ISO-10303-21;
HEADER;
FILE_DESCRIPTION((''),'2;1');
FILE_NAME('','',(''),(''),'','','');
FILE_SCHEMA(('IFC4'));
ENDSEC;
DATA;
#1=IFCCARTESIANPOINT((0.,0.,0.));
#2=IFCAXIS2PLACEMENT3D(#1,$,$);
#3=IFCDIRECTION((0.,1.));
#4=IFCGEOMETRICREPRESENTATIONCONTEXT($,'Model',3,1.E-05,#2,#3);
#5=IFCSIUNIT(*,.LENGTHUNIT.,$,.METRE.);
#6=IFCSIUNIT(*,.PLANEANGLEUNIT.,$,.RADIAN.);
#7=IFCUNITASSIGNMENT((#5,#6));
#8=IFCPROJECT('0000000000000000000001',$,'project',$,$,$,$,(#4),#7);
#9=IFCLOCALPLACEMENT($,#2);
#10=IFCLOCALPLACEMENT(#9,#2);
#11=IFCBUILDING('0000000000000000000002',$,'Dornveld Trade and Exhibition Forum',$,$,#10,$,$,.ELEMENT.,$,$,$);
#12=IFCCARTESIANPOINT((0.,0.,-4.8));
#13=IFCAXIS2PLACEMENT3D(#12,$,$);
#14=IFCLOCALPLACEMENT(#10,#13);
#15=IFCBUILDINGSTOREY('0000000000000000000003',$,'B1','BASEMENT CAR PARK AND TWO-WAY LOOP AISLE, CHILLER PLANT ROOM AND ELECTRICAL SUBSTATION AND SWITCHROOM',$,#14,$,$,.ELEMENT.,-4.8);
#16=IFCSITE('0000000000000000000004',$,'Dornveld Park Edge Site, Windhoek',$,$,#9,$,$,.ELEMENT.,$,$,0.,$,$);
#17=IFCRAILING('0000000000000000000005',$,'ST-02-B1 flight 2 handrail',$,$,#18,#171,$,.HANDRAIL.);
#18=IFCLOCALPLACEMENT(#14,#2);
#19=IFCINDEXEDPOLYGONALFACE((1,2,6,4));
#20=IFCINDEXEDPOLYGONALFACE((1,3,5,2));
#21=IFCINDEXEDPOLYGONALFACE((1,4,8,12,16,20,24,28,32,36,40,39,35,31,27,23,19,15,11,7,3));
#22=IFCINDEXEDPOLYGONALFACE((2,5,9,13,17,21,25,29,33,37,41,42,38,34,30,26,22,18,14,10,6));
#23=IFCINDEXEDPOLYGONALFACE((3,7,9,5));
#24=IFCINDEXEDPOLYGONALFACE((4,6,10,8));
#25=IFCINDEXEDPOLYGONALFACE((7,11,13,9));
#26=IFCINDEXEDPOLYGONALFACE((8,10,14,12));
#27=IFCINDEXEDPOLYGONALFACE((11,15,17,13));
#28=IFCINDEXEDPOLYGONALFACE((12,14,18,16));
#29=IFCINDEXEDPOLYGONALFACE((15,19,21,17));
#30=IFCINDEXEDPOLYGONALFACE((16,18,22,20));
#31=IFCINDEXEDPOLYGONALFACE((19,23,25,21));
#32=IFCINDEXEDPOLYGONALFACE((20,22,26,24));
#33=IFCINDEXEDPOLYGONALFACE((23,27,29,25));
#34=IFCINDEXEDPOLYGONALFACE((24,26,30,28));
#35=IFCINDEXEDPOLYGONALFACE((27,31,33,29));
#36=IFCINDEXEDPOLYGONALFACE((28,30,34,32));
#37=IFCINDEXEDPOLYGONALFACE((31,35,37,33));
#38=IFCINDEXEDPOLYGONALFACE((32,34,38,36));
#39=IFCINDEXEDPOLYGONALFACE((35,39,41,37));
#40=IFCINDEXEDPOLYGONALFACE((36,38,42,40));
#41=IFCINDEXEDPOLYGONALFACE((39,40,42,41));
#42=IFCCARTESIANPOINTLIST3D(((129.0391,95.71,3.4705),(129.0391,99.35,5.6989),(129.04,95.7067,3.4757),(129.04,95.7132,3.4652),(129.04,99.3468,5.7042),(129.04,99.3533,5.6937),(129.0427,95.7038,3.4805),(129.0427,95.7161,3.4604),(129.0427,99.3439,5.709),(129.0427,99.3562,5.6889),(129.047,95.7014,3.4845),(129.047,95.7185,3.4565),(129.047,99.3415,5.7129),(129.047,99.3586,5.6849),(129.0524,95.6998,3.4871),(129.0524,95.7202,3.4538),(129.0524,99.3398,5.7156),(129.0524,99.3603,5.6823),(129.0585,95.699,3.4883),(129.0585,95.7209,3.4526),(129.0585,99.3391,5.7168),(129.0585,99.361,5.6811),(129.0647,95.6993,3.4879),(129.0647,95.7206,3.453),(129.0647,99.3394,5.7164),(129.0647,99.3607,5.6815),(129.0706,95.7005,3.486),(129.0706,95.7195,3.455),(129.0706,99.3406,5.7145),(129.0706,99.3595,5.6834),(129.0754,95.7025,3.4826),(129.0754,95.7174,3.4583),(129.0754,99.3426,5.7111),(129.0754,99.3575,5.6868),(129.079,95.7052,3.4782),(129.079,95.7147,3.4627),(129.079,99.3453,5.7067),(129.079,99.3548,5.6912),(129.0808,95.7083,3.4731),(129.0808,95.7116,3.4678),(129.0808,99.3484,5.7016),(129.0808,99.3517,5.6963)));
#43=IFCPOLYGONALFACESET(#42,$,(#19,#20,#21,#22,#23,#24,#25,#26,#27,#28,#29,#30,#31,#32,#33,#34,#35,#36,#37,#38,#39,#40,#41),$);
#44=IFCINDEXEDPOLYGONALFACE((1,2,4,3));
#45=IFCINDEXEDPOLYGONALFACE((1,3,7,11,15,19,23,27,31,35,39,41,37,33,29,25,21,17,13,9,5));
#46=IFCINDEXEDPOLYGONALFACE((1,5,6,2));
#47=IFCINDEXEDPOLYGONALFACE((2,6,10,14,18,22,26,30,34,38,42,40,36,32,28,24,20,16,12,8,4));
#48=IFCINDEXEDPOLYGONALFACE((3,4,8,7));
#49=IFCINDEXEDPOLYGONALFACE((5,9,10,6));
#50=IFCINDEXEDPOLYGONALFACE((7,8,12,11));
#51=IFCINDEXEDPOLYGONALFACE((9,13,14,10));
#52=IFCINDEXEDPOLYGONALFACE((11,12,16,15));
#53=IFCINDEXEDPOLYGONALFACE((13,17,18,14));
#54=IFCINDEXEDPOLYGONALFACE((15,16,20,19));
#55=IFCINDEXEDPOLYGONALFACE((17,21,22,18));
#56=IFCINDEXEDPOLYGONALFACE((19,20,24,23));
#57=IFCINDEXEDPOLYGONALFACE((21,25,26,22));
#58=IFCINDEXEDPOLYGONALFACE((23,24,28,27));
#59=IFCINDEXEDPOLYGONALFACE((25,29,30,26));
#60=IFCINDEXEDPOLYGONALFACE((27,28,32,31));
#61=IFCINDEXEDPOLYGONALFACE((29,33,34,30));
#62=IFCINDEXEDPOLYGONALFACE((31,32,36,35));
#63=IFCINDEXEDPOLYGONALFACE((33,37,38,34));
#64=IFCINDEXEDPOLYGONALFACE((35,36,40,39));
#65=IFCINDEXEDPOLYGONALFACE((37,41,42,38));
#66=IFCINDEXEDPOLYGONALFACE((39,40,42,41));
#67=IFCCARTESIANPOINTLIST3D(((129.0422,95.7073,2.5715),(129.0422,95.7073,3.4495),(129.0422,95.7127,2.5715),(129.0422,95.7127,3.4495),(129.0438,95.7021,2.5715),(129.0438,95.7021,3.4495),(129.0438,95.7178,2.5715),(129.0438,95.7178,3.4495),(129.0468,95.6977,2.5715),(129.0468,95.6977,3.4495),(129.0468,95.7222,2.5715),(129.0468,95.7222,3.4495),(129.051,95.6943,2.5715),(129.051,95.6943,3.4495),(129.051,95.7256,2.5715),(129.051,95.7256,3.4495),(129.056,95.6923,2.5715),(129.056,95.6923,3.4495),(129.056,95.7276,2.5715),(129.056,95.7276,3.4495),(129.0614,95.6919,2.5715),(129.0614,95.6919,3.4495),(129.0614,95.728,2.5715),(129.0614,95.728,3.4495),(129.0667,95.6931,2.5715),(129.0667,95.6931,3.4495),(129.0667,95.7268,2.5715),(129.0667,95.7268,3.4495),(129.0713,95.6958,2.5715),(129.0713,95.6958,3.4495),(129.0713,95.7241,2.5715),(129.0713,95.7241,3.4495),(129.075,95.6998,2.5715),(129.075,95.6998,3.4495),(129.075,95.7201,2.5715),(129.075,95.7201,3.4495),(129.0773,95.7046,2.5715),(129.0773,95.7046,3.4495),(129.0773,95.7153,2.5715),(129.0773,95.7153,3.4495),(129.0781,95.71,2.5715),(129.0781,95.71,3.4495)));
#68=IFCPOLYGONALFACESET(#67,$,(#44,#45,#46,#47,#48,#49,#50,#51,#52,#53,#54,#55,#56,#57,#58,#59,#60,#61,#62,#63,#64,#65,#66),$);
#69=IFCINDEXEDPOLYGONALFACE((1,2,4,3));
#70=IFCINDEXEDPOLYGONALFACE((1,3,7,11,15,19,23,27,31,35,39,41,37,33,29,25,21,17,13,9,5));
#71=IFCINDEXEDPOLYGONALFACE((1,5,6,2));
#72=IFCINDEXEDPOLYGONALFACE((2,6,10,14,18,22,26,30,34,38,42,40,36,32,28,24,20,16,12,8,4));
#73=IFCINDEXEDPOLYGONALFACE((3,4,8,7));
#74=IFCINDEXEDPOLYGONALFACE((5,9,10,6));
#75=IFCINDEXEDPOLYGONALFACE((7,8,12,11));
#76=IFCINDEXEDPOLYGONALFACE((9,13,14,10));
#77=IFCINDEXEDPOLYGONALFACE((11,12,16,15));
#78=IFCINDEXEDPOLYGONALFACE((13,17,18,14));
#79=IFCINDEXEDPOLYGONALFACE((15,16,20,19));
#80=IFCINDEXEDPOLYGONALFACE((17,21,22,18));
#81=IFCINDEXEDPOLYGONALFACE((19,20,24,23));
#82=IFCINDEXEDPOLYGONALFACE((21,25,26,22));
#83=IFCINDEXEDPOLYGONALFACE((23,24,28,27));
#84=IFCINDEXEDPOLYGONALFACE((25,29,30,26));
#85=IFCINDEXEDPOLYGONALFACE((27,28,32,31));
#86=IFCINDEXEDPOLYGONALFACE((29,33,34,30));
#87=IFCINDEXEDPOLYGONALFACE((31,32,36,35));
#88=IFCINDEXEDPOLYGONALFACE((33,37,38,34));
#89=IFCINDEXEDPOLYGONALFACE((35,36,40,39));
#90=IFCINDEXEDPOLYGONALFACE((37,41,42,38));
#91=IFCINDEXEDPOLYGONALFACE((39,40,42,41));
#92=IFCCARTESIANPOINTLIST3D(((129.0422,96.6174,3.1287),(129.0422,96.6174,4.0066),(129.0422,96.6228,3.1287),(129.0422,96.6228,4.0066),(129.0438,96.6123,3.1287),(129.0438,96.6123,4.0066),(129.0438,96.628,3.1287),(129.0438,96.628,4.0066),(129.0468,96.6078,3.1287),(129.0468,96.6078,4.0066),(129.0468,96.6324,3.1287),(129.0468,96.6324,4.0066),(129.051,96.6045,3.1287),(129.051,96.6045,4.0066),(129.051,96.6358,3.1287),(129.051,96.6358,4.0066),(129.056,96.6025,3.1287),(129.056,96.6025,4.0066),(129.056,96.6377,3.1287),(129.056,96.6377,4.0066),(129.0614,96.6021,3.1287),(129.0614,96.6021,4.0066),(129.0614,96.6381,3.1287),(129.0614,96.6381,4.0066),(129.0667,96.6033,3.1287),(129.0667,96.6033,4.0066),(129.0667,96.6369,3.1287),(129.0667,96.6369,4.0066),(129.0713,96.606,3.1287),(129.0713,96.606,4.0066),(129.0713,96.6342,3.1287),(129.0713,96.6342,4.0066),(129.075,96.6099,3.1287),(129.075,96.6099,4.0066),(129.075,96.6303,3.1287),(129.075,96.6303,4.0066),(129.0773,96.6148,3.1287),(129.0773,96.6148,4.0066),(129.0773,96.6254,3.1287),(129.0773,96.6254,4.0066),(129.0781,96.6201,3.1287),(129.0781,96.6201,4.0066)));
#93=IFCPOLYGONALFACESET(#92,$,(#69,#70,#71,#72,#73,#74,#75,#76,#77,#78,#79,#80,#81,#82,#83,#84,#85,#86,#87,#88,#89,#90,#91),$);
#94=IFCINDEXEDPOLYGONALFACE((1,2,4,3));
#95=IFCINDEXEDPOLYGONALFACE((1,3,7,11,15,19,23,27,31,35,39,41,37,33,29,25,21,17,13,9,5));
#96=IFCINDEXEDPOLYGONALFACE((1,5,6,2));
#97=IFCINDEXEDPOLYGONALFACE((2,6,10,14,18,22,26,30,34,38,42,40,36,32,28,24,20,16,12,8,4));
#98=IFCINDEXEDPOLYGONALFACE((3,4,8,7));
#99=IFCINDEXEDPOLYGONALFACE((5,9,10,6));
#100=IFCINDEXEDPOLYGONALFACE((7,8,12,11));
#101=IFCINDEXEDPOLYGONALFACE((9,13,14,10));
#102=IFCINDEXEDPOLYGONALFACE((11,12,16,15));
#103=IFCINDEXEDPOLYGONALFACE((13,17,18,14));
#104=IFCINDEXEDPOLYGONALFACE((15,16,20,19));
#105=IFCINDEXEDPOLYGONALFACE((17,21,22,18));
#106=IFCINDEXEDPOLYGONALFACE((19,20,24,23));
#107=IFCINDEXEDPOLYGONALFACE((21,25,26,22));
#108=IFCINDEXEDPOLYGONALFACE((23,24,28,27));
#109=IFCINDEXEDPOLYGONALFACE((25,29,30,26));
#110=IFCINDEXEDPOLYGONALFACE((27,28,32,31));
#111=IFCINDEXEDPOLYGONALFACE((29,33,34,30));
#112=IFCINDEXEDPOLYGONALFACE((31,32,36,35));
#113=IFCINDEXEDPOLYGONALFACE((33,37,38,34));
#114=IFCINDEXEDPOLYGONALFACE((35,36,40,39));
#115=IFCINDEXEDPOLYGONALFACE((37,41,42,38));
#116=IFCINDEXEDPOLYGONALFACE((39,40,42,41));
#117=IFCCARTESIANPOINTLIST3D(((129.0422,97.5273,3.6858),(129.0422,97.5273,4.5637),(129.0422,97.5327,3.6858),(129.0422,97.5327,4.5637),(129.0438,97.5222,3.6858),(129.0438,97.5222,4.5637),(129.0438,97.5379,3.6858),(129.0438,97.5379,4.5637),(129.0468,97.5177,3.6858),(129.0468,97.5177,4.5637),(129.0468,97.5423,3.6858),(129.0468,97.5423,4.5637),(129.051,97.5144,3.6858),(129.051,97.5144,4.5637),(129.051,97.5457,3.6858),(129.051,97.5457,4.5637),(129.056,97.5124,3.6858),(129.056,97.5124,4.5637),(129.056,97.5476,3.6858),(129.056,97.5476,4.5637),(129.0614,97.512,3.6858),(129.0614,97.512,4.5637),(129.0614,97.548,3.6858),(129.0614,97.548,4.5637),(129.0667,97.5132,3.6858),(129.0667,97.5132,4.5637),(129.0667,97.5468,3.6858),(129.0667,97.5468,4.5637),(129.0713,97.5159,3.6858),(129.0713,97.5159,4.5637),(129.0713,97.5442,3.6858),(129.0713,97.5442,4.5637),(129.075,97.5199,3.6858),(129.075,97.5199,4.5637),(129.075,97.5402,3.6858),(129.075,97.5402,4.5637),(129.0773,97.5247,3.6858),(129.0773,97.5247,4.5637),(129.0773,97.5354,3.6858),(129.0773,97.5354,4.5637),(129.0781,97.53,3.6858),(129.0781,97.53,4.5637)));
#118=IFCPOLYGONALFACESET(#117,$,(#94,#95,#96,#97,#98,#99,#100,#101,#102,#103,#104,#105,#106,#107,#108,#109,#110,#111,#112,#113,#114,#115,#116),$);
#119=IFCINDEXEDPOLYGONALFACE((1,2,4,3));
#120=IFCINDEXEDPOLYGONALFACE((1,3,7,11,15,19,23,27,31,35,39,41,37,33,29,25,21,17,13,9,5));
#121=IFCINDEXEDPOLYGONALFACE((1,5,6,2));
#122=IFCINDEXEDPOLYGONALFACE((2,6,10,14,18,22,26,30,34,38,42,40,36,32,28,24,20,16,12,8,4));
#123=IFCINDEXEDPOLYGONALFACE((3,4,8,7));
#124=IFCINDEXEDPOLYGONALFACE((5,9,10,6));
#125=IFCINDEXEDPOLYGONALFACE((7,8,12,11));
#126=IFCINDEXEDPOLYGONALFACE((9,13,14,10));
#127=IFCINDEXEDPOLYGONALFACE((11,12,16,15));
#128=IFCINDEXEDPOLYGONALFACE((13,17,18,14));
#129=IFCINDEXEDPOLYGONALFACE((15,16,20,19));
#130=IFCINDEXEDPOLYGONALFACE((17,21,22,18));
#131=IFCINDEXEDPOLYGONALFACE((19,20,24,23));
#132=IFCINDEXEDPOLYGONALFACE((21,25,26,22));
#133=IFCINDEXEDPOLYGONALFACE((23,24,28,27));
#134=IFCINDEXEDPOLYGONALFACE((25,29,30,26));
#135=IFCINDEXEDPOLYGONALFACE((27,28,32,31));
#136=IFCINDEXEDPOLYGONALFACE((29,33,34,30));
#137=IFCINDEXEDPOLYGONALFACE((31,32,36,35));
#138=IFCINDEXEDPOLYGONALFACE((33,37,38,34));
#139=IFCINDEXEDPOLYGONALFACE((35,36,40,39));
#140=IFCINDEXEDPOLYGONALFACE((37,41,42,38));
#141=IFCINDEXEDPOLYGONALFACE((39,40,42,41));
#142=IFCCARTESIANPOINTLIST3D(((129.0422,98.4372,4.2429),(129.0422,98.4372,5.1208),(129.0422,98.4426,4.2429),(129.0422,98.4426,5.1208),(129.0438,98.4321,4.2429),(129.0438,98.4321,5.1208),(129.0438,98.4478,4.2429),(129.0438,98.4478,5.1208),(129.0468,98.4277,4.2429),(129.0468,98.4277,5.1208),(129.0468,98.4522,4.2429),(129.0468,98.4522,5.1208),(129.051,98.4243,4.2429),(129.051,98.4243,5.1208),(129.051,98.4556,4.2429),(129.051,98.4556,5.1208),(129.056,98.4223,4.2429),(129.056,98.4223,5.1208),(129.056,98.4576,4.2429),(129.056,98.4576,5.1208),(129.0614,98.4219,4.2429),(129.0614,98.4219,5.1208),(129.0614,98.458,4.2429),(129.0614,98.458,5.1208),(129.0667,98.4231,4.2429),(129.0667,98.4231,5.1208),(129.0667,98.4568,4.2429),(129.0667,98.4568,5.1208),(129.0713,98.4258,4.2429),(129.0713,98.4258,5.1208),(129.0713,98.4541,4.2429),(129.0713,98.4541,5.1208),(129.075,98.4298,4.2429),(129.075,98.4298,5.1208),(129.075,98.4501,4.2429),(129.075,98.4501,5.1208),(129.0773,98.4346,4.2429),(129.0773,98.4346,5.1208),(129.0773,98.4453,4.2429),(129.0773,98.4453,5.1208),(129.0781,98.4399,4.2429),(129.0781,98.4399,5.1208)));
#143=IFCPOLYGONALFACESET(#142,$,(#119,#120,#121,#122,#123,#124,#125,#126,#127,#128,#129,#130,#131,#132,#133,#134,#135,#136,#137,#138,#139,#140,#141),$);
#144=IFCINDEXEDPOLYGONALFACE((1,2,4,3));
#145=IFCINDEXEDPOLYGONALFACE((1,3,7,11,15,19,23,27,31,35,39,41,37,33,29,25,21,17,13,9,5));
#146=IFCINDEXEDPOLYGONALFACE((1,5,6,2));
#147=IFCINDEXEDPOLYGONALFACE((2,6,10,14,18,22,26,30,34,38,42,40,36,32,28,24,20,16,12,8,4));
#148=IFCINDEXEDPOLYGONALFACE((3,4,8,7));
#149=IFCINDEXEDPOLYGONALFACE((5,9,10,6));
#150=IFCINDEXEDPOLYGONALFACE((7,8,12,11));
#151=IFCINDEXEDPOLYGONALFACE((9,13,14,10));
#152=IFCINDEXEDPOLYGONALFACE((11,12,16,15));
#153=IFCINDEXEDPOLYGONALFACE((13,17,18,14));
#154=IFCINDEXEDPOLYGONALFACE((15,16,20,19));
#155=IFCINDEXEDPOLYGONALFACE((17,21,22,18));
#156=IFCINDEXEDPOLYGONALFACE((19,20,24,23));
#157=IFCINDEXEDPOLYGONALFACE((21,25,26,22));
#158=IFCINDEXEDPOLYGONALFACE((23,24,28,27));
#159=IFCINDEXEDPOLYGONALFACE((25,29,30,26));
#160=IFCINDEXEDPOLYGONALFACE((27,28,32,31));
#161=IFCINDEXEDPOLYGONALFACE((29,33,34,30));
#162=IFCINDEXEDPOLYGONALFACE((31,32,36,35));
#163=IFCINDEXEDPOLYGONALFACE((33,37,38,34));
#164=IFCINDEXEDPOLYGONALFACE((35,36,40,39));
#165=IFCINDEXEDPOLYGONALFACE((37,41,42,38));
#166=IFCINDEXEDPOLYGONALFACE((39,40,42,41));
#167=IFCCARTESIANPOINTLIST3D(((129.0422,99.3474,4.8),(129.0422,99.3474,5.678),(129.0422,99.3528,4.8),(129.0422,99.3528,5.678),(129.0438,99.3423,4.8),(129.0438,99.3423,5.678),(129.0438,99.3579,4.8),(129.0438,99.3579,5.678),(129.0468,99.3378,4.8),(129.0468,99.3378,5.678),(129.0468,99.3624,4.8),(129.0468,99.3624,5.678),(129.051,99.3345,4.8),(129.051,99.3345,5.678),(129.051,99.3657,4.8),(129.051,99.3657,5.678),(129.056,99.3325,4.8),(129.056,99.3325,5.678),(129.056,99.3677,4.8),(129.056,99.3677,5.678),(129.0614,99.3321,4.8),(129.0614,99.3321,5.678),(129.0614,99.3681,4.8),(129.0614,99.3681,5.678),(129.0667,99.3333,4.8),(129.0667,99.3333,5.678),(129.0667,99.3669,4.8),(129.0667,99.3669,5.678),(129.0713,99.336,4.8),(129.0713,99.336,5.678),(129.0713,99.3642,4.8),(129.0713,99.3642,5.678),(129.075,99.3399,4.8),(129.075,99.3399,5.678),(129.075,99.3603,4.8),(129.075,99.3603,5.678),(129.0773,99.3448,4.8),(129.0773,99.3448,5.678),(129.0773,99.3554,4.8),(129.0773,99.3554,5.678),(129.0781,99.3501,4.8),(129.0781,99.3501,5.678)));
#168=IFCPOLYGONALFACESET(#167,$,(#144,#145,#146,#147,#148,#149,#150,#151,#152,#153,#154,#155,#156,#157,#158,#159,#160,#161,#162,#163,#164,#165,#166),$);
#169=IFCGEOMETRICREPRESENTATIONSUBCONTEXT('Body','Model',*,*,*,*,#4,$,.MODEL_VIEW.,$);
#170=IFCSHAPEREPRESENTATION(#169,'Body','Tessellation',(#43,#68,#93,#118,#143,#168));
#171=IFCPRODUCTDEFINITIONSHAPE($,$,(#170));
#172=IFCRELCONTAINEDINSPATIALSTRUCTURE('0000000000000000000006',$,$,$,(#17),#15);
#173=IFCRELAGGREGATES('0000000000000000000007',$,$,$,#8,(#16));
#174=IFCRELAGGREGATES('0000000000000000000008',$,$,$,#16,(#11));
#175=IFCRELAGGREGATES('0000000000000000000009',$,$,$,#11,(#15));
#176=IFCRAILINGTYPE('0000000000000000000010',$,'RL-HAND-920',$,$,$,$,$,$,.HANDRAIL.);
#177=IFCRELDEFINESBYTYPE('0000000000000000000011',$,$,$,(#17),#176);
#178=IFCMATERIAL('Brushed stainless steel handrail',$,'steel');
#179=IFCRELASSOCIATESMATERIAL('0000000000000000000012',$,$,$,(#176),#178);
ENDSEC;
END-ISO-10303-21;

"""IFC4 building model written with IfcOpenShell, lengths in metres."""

from ifc_helpers import new_model, si_unit, direction, frame, origin, origin_2d, place, context, subcontext, project, spatial, circle, extrude, material, type_object, element, save


model = new_model("IFC4")

# Units and contexts
model_context = context("Model", 3, precision=1e-05, world=origin(), true_north=direction((0.0, 1.0)))
body_context = subcontext(model_context, "Body", "Model", "MODEL_VIEW")
ifc_project = project(units=[si_unit("LENGTHUNIT", "METRE"), si_unit("PLANEANGLEUNIT", "RADIAN")], contexts=[model_context])

# Site, building, storey
site_placement = place(None, origin())
site = spatial("IfcSite", under=ifc_project, at=site_placement, Name="Dornveld Park Edge Site, Windhoek", CompositionType="ELEMENT", RefElevation=0.0)
building_placement = place(site_placement, origin())
building = spatial("IfcBuilding", under=site, at=building_placement, Name="Dornveld Trade and Exhibition Forum", CompositionType="ELEMENT")
storey_placement = place(building_placement, frame((0.0, 0.0, -4.8)))
storey = spatial("IfcBuildingStorey", under=building, at=storey_placement, Name="B1", Description="BASEMENT CAR PARK AND TWO-WAY LOOP AISLE, CHILLER PLANT ROOM AND ELECTRICAL SUBSTATION AND SWITCHROOM", CompositionType="ELEMENT", Elevation=-4.8)

# Railing
ifc_material_1 = material(Name="Brushed stainless steel handrail", Category="steel")
railing_type_1 = type_object("IfcRailingType", Name="RL-HAND-920", PredefinedType="HANDRAIL", material=ifc_material_1)
railing_1_placement = place(storey_placement, frame((129.0601, 95.71, 2.5715)))
element("IfcRailing", 1, at=railing_1_placement, inside=storey, type_object=railing_type_1, Name="ST-02-B1 flight 2 handrail", PredefinedType="HANDRAIL", context=body_context, shape_type="SweptSolid", body=[
    extrude(circle(Radius=0.021, at=origin_2d()), frame((0.0, 0.0, 0.8989), z_axis=(0.0, 0.852866, 0.52213), x_axis=(-1.0, 0.0, 0.0)), (0.0, 0.0, 1.0), 4.2681),
    extrude(circle(Radius=0.0181, at=origin_2d()), origin(), (0.0, 0.0, 1.0), 0.8779),
    extrude(circle(Radius=0.0181, at=origin_2d()), frame((0.0, 0.9102, 0.5571)), (0.0, 0.0, 1.0), 0.8779),
    extrude(circle(Radius=0.0181, at=origin_2d()), frame((0.0, 1.8201, 1.1143)), (0.0, 0.0, 1.0), 0.8779),
    extrude(circle(Radius=0.0181, at=origin_2d()), frame((0.0, 2.73, 1.6714)), (0.0, 0.0, 1.0), 0.8779),
    extrude(circle(Radius=0.0181, at=origin_2d()), frame((0.0, 3.6401, 2.2285)), (0.0, 0.0, 1.0), 0.8779),
])

save(model, "model.ifc")
